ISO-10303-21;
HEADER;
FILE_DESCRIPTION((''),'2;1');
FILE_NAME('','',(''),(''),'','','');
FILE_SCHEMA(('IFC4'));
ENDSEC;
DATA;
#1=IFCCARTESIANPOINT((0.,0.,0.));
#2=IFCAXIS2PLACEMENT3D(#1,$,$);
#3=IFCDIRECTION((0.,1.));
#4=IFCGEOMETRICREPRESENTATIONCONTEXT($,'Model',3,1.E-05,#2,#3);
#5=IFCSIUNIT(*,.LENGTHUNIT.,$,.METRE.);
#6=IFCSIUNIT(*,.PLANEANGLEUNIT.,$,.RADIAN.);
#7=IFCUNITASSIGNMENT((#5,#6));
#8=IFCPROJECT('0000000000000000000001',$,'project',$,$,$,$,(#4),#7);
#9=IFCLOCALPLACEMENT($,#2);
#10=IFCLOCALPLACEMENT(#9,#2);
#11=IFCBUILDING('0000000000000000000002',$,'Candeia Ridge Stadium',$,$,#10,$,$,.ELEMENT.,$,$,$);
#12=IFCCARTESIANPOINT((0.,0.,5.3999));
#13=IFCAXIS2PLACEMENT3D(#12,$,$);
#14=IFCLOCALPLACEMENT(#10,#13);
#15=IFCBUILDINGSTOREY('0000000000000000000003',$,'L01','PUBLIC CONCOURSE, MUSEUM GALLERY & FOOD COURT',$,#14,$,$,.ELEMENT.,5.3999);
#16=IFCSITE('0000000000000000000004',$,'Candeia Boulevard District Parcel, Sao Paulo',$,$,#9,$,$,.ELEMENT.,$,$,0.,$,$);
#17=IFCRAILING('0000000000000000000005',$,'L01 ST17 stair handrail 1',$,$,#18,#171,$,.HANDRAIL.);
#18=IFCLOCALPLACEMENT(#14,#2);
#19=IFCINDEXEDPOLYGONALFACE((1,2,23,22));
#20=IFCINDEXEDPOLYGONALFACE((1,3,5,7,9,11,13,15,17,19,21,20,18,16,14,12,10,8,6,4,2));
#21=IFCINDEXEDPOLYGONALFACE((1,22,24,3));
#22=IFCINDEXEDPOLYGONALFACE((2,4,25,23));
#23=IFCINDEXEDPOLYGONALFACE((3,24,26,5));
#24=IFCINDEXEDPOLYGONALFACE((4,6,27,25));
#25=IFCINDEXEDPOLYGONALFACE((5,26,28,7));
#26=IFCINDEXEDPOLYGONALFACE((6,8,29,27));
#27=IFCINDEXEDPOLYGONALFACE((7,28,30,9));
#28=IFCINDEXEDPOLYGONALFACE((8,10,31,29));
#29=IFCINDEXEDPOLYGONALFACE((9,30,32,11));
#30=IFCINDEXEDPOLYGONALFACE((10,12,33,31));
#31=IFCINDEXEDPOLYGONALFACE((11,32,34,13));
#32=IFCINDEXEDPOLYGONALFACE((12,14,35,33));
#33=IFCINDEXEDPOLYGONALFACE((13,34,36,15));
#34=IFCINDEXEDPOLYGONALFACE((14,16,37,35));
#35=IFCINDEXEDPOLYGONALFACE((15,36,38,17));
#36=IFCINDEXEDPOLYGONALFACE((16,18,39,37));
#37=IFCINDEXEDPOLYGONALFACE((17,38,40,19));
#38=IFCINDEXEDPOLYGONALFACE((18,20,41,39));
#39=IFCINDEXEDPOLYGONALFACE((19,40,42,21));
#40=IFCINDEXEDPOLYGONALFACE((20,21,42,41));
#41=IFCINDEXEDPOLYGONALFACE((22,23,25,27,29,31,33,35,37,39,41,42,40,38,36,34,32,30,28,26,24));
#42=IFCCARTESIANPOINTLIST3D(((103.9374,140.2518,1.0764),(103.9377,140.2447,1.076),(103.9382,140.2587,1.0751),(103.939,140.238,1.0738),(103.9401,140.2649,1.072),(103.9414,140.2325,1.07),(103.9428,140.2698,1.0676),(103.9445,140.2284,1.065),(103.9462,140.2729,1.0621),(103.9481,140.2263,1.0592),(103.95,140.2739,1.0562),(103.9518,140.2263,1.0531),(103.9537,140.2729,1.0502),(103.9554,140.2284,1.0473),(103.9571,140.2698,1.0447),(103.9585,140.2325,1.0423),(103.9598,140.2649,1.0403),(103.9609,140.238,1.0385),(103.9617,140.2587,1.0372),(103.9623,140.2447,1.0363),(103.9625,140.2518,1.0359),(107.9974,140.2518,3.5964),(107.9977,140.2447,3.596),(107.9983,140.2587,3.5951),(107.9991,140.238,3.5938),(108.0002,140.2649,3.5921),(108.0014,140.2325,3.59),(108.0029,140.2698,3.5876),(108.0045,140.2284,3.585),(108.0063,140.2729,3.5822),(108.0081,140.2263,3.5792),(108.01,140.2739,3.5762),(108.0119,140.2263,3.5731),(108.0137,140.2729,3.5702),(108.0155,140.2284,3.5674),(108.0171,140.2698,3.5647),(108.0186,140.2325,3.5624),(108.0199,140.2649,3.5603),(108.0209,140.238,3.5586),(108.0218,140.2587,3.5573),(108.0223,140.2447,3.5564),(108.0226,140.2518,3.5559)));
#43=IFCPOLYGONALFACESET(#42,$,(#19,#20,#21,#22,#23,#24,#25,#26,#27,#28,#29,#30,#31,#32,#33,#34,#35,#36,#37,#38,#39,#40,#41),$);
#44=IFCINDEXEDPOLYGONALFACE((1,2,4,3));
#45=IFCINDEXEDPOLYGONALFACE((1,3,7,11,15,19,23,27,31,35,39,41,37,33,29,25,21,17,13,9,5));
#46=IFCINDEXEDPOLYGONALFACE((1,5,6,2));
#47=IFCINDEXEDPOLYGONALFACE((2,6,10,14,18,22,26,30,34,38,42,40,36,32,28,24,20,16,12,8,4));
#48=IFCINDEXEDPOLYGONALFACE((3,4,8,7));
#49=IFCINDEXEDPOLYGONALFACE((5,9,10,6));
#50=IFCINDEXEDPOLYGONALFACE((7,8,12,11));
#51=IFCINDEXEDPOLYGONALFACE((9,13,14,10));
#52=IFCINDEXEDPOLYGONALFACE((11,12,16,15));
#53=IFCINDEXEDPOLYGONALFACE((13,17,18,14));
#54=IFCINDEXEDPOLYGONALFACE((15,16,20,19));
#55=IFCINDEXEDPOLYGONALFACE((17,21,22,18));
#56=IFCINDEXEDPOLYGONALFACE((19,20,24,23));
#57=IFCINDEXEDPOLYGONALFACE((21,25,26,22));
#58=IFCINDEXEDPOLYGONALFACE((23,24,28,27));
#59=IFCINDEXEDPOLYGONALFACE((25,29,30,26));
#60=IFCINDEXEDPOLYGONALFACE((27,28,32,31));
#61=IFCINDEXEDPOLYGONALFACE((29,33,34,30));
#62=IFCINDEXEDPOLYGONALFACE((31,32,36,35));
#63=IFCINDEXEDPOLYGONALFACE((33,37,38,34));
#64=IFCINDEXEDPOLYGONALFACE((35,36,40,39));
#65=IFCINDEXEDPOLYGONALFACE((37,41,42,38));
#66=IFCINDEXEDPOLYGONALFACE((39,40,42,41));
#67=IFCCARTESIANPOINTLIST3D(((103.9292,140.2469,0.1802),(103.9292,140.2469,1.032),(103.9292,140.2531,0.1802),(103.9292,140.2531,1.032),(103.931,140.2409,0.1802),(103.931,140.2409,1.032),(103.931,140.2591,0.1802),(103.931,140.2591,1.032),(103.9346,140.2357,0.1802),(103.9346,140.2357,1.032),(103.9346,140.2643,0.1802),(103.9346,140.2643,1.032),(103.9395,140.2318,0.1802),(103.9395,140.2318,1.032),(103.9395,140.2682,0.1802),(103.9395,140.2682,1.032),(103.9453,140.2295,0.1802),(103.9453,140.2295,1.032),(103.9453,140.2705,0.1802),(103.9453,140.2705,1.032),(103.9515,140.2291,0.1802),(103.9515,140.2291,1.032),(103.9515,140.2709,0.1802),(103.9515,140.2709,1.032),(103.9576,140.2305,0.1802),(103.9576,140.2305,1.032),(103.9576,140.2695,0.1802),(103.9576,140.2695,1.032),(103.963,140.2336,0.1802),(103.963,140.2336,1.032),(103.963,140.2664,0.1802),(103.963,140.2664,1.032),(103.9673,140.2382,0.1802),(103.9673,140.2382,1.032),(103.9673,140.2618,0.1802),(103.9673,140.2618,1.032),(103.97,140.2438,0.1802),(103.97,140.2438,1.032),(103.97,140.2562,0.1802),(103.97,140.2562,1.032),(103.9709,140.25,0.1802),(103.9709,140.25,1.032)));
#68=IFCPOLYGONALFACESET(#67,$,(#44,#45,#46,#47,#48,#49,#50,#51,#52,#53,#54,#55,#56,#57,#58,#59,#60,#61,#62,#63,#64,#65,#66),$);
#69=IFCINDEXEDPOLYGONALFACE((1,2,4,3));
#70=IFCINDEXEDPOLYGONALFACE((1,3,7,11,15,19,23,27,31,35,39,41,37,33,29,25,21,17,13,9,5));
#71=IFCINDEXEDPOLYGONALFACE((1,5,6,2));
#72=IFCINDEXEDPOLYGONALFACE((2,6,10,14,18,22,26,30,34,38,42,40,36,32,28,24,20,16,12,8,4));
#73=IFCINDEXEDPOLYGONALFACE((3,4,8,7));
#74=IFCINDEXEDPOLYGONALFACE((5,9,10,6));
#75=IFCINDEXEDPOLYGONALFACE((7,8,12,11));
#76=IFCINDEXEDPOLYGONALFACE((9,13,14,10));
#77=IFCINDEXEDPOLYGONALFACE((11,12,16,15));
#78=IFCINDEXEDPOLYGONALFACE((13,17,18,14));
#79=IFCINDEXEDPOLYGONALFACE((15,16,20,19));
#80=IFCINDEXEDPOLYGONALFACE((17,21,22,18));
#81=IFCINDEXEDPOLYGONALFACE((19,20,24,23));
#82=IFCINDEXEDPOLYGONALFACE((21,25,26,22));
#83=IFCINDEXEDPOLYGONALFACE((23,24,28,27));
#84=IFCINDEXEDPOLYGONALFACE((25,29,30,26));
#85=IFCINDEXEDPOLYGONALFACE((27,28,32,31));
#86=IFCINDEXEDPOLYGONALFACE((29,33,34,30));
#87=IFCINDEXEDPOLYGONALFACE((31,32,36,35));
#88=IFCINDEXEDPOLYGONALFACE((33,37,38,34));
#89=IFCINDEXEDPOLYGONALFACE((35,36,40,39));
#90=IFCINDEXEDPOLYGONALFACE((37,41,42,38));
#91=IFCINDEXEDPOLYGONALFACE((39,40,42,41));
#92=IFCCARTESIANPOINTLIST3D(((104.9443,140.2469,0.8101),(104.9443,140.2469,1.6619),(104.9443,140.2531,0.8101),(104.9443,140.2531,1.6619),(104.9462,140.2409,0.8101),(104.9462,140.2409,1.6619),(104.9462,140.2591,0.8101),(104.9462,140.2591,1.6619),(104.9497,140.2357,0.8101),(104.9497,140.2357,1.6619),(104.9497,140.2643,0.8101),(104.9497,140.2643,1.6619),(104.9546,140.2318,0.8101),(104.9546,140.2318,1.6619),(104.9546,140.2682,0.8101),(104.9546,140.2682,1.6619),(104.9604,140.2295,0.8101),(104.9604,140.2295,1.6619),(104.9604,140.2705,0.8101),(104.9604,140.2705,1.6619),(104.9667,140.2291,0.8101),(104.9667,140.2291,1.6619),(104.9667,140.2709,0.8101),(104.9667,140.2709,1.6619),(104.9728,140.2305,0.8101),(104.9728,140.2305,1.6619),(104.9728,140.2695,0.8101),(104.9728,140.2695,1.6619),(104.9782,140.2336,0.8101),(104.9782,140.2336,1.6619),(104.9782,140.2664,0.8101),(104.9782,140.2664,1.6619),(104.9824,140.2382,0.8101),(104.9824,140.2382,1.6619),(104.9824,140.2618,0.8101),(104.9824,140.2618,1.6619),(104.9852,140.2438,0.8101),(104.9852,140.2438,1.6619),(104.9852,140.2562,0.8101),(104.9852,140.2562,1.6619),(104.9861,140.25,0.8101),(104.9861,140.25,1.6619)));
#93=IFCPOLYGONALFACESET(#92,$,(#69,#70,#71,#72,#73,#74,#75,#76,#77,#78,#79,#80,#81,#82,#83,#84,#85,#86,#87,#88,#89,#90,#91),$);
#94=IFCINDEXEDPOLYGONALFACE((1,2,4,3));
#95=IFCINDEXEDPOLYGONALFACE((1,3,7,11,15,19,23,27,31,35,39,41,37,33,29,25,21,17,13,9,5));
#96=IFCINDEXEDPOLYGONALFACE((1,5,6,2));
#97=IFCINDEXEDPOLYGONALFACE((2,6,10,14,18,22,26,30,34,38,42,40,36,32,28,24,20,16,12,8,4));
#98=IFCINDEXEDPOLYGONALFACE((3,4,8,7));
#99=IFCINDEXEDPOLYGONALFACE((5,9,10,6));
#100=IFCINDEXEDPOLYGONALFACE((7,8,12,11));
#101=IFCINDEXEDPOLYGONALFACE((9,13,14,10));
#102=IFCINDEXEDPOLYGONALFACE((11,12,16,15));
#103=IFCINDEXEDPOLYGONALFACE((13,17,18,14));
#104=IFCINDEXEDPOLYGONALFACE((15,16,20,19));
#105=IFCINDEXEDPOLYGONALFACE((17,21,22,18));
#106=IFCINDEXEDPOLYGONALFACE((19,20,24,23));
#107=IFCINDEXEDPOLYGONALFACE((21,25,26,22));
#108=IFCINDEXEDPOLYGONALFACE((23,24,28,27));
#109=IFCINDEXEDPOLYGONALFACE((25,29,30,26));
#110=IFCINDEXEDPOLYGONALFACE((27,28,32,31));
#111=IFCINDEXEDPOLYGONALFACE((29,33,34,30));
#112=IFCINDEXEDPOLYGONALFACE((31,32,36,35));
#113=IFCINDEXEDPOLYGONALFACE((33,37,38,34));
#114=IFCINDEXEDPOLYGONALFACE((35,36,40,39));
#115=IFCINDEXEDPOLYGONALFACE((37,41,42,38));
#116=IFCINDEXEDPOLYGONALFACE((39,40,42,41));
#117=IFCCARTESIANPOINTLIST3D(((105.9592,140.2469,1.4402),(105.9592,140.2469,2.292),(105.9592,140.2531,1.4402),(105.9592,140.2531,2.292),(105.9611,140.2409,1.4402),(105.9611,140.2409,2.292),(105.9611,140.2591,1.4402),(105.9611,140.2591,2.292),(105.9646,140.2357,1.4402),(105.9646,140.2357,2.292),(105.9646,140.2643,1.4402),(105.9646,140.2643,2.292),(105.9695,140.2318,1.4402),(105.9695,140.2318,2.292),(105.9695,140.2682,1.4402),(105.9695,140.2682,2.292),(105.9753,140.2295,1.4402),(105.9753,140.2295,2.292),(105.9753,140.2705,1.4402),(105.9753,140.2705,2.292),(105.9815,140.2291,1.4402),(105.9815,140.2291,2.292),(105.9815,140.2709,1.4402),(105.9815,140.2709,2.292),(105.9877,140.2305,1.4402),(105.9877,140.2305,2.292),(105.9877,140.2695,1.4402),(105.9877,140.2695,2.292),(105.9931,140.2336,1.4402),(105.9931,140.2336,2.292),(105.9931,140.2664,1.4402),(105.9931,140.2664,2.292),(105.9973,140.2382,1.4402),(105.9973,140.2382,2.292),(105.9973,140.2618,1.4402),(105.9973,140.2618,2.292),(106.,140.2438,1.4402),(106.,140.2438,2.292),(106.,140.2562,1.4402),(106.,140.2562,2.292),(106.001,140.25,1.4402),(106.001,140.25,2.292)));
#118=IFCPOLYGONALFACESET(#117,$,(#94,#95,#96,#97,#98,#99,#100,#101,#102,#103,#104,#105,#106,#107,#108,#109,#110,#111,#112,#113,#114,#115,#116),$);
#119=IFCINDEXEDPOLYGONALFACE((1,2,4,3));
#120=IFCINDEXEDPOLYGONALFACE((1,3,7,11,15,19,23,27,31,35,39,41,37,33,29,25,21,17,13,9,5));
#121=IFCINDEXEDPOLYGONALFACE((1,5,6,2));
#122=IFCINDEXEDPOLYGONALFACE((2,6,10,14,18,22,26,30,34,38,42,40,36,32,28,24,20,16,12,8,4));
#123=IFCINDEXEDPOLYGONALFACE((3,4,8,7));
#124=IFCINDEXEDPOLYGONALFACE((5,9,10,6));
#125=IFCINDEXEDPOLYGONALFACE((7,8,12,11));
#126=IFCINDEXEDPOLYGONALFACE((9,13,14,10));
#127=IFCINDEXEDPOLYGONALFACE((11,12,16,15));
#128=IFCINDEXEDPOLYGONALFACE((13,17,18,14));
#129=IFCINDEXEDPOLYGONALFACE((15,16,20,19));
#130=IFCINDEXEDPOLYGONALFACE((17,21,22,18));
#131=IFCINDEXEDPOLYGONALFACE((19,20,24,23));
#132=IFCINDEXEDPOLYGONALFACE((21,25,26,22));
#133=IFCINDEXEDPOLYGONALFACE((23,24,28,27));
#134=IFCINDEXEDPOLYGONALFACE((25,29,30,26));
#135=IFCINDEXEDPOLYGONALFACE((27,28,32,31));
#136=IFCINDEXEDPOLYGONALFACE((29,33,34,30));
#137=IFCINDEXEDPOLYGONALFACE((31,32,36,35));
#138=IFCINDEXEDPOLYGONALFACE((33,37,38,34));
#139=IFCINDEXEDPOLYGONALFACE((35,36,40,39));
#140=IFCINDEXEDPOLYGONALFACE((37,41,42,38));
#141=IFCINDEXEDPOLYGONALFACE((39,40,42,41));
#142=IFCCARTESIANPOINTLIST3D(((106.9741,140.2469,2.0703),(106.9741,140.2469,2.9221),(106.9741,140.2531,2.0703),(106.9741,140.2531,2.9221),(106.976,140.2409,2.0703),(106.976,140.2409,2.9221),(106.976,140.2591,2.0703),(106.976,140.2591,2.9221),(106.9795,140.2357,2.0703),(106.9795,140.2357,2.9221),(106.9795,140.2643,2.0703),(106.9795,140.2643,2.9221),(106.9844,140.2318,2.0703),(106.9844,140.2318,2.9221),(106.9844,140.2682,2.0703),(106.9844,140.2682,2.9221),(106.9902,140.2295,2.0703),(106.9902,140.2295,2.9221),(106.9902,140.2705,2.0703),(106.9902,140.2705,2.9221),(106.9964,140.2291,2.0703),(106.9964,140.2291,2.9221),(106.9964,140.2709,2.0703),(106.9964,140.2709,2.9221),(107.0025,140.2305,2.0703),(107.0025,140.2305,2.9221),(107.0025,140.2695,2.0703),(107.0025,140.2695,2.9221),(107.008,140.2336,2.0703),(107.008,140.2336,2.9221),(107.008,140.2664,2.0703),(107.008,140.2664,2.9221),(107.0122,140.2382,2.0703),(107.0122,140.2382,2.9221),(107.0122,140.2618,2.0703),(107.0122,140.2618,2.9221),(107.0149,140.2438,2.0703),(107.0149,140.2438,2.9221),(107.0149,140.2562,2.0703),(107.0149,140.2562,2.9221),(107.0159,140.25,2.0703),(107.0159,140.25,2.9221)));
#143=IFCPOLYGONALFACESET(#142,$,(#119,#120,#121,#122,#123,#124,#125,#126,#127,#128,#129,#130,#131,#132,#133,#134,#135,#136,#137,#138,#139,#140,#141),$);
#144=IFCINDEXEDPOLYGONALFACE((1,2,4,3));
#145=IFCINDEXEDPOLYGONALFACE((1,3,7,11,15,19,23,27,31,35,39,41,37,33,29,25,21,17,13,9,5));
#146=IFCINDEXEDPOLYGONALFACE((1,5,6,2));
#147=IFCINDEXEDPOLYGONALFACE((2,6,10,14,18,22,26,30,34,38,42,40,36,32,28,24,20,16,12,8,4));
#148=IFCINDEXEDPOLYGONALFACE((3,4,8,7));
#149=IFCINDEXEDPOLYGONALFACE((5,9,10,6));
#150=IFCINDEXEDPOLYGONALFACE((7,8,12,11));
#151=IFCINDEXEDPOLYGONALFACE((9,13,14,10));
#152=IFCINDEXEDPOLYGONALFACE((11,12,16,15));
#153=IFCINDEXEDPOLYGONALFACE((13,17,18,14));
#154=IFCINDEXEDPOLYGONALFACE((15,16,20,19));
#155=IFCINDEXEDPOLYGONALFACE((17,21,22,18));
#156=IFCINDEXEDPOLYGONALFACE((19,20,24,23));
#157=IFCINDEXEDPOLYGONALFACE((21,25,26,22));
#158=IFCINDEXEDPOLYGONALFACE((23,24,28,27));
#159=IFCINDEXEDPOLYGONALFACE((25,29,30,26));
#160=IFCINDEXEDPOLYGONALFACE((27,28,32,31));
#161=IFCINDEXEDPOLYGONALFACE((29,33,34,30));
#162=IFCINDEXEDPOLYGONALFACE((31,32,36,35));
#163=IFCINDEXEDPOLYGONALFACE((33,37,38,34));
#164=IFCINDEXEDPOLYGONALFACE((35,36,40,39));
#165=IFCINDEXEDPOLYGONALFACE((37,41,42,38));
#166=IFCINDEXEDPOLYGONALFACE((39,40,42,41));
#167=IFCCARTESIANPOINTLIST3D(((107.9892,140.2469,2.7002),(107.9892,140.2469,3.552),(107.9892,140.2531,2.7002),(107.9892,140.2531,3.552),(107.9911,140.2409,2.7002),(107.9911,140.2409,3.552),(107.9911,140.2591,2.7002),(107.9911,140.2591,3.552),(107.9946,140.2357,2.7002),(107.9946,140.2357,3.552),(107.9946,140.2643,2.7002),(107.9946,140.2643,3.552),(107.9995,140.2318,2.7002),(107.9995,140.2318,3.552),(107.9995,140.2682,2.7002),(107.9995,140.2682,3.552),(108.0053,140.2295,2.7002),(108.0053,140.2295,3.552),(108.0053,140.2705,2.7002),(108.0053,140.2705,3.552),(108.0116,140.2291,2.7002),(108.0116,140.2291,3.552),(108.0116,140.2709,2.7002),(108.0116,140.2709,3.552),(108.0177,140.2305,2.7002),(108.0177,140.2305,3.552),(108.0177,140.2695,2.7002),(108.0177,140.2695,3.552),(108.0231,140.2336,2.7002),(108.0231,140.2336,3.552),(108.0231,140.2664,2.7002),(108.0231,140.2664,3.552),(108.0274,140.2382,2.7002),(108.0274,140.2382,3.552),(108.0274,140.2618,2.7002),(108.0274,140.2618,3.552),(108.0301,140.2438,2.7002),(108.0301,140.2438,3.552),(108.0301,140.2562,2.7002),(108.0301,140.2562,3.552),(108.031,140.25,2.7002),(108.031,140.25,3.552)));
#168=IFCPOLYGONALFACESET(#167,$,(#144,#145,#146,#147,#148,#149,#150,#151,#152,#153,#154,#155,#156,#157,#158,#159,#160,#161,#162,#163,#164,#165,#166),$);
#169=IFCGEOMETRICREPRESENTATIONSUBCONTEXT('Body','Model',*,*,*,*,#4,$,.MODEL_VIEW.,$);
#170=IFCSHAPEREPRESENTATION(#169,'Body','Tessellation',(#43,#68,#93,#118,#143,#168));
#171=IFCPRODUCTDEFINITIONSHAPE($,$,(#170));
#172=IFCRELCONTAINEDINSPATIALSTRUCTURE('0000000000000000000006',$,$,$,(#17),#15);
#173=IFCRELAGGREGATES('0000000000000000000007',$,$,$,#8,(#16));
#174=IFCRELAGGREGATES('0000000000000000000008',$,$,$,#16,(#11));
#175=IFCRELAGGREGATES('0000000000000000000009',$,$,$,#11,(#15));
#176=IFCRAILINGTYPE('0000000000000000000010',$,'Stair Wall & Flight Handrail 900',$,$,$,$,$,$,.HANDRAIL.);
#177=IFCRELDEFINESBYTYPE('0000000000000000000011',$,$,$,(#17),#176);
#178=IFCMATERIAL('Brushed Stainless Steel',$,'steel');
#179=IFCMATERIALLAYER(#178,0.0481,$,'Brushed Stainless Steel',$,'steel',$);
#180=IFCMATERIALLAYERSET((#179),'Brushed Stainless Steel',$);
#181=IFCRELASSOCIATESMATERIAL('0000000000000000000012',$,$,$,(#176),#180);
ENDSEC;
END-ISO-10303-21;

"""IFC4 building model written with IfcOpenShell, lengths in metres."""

from ifc_helpers import new_model, si_unit, direction, frame, origin, origin_2d, place, context, subcontext, project, spatial, circle, extrude, material, layer, layer_set, type_object, element, save


model = new_model("IFC4")

# Units and contexts
model_context = context("Model", 3, precision=1e-05, world=origin(), true_north=direction((0.0, 1.0)))
body_context = subcontext(model_context, "Body", "Model", "MODEL_VIEW")
ifc_project = project(units=[si_unit("LENGTHUNIT", "METRE"), si_unit("PLANEANGLEUNIT", "RADIAN")], contexts=[model_context])

# Site, building, storey
site_placement = place(None, origin())
site = spatial("IfcSite", under=ifc_project, at=site_placement, Name="Candeia Boulevard District Parcel, Sao Paulo", CompositionType="ELEMENT", RefElevation=0.0)
building_placement = place(site_placement, origin())
building = spatial("IfcBuilding", under=site, at=building_placement, Name="Candeia Ridge Stadium", CompositionType="ELEMENT")
storey_placement = place(building_placement, frame((0.0, 0.0, 5.3999)))
storey = spatial("IfcBuildingStorey", under=building, at=storey_placement, Name="L01", Description="PUBLIC CONCOURSE, MUSEUM GALLERY & FOOD COURT", CompositionType="ELEMENT", Elevation=5.3999)

# Railing
ifc_material_1 = material(Name="Brushed Stainless Steel", Category="steel")
ifc_layer_1 = layer(ifc_material_1, 0.0481, Name="Brushed Stainless Steel", Category="steel")
ifc_layer_set_1 = layer_set([ifc_layer_1], Name="Brushed Stainless Steel")
railing_type_1 = type_object("IfcRailingType", Name="Stair Wall & Flight Handrail 900", PredefinedType="HANDRAIL", material=ifc_layer_set_1)
railing_1_placement = place(storey_placement, frame((103.95, 140.25, 0.1802)))
element("IfcRailing", 1, at=railing_1_placement, inside=storey, type_object=railing_type_1, Name="L01 ST17 stair handrail 1", PredefinedType="HANDRAIL", context=body_context, shape_type="SweptSolid", body=[
    extrude(circle(Radius=0.0239, at=origin_2d()), frame((0.0, 0.0, 0.876), z_axis=(0.849642, 0.0, 0.52736), x_axis=(0.0, 1.0, 0.0)), (0.0, 0.0, 1.0), 4.7786),
    extrude(circle(Radius=0.021, at=origin_2d()), origin(), (0.0, 0.0, 1.0), 0.8518),
    extrude(circle(Radius=0.021, at=origin_2d()), frame((1.0151, 0.0, 0.6299)), (0.0, 0.0, 1.0), 0.8518),
    extrude(circle(Radius=0.021, at=origin_2d()), frame((2.03, 0.0, 1.26)), (0.0, 0.0, 1.0), 0.8518),
    extrude(circle(Radius=0.021, at=origin_2d()), frame((3.0449, 0.0, 1.8901)), (0.0, 0.0, 1.0), 0.8518),
    extrude(circle(Radius=0.021, at=origin_2d()), frame((4.0601, 0.0, 2.52)), (0.0, 0.0, 1.0), 0.8518),
])

save(model, "model.ifc")
